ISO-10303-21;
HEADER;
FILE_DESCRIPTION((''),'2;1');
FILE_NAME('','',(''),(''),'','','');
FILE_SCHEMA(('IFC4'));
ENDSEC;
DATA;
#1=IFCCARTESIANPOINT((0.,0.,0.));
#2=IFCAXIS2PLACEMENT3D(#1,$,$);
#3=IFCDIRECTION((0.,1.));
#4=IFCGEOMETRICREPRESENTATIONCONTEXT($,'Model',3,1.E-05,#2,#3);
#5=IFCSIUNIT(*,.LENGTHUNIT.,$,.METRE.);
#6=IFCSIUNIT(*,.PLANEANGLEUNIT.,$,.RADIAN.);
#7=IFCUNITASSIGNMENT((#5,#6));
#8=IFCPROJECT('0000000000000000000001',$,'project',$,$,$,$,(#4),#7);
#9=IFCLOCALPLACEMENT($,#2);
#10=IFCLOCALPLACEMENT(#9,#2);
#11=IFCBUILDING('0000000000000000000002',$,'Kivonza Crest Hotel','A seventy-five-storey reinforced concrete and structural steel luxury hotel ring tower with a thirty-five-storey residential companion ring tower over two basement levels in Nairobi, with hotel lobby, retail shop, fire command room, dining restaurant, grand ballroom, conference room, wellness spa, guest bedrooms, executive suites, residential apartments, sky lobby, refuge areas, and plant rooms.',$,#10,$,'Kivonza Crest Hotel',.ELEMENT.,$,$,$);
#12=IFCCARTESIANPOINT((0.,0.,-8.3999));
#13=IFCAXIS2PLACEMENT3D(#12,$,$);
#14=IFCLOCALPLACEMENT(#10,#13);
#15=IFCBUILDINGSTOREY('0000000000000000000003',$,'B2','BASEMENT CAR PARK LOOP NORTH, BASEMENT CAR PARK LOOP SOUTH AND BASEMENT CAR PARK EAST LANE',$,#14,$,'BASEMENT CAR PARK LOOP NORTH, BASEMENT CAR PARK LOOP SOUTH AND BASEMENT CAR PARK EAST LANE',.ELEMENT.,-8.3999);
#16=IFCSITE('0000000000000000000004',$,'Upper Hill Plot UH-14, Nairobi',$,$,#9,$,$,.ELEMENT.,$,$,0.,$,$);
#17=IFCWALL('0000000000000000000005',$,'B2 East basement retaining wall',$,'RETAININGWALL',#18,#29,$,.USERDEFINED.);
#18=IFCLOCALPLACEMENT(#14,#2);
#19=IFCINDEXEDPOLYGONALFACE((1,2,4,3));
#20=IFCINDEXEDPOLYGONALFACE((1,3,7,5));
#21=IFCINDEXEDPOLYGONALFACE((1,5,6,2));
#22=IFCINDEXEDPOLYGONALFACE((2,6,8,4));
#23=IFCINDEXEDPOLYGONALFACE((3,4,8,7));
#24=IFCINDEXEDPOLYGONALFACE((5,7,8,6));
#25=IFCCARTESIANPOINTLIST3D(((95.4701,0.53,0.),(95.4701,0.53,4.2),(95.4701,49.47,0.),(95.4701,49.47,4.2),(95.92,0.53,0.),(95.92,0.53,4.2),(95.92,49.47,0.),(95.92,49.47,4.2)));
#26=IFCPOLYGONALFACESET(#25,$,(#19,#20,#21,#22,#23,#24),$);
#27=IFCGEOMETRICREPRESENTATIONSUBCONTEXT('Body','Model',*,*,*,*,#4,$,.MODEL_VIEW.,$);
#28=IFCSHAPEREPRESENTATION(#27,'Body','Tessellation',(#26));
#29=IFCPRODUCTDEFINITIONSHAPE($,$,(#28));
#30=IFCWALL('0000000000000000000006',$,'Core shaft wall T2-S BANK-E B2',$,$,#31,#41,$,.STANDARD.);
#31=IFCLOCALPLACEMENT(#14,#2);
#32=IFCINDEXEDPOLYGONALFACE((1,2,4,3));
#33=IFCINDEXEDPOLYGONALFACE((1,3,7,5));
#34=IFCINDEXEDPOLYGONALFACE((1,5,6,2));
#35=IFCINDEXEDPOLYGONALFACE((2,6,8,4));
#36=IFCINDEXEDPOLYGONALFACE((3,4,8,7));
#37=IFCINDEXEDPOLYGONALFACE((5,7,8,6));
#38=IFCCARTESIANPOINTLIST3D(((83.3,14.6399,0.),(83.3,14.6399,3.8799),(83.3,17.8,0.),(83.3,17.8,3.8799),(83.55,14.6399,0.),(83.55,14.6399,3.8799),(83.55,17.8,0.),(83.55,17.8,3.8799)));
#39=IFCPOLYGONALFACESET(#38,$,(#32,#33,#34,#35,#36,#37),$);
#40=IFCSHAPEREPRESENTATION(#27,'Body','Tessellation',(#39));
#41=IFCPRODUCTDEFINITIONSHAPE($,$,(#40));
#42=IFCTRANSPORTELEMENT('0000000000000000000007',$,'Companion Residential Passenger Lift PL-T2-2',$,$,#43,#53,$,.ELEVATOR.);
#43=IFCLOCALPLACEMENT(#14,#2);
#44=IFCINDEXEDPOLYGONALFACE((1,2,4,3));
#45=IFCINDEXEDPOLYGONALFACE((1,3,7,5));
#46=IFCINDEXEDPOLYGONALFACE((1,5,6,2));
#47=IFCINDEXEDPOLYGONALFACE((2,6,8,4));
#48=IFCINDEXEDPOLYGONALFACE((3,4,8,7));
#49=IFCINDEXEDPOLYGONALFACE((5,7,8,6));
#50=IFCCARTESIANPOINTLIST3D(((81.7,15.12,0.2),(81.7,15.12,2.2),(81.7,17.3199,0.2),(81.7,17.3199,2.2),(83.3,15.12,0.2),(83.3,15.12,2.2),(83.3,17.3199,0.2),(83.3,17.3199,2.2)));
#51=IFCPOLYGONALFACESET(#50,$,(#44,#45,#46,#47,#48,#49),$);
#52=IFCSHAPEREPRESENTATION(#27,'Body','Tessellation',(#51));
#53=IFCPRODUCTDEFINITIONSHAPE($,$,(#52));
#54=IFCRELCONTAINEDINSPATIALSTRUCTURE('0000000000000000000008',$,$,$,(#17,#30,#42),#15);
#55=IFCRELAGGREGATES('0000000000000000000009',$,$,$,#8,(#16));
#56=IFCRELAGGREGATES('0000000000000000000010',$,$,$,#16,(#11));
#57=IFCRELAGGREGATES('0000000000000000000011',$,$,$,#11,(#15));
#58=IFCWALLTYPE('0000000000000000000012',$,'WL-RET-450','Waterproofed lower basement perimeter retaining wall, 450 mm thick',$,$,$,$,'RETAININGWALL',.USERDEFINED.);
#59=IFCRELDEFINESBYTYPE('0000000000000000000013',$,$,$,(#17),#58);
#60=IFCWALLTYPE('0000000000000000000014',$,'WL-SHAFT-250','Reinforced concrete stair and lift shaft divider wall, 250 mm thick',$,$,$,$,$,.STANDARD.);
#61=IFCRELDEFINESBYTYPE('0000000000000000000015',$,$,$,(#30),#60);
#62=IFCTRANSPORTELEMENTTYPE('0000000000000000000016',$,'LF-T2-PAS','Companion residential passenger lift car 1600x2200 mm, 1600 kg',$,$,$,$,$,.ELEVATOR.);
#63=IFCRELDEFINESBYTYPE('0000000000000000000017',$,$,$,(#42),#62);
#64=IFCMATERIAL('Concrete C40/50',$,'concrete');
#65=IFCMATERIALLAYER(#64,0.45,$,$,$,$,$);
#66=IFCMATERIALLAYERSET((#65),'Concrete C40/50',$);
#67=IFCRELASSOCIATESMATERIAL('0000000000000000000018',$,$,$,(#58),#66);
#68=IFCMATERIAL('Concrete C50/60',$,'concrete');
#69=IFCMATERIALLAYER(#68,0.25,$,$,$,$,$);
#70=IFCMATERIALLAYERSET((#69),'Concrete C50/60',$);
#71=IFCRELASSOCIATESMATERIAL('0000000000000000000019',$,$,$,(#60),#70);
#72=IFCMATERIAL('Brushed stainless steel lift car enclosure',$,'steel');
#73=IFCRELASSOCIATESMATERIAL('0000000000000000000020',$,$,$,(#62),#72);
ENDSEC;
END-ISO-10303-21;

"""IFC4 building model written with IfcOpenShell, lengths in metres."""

from ifc_helpers import new_model, si_unit, direction, frame, frame_2d, origin, origin_2d, place, context, subcontext, project, spatial, rectangle, extrude, material, layer, layer_set, type_object, element, save


model = new_model("IFC4")

# Units and contexts
model_context = context("Model", 3, precision=1e-05, world=origin(), true_north=direction((0.0, 1.0)))
body_context = subcontext(model_context, "Body", "Model", "MODEL_VIEW")
ifc_project = project(units=[si_unit("LENGTHUNIT", "METRE"), si_unit("PLANEANGLEUNIT", "RADIAN")], contexts=[model_context])

# Site, building, storey
site_placement = place(None, origin())
site = spatial("IfcSite", under=ifc_project, at=site_placement, Name="Upper Hill Plot UH-14, Nairobi", CompositionType="ELEMENT", RefElevation=0.0)
building_placement = place(site_placement, origin())
building = spatial("IfcBuilding", under=site, at=building_placement, Name="Kivonza Crest Hotel", Description="A seventy-five-storey reinforced concrete and structural steel luxury hotel ring tower with a thirty-five-storey residential companion ring tower over two basement levels in Nairobi, with hotel lobby, retail shop, fire command room, dining restaurant, grand ballroom, conference room, wellness spa, guest bedrooms, executive suites, residential apartments, sky lobby, refuge areas, and plant rooms.", LongName="Kivonza Crest Hotel", CompositionType="ELEMENT")
storey_placement = place(building_placement, frame((0.0, 0.0, -8.3999)))
storey = spatial("IfcBuildingStorey", under=building, at=storey_placement, Name="B2", Description="BASEMENT CAR PARK LOOP NORTH, BASEMENT CAR PARK LOOP SOUTH AND BASEMENT CAR PARK EAST LANE", LongName="BASEMENT CAR PARK LOOP NORTH, BASEMENT CAR PARK LOOP SOUTH AND BASEMENT CAR PARK EAST LANE", CompositionType="ELEMENT", Elevation=-8.3999)

# Shared definitions
ifc_material_1 = material(Name="Concrete C40/50", Category="concrete")

# Walls
ifc_layer_1 = layer(ifc_material_1, 0.45)
ifc_layer_set_1 = layer_set([ifc_layer_1], Name="Concrete C40/50")
wall_type_1 = type_object("IfcWallType", Name="WL-RET-450", Description="Waterproofed lower basement perimeter retaining wall, 450 mm thick", ElementType="RETAININGWALL", PredefinedType="USERDEFINED", material=ifc_layer_set_1)
wall_1_placement = place(storey_placement, frame((95.6951, 0.53, 0.0), z_axis=(0.0, 0.0, 1.0), x_axis=(0.0, 1.0, 0.0)))
element("IfcWall", 1, at=wall_1_placement, inside=storey, type_object=wall_type_1, Name="B2 East basement retaining wall", ObjectType="RETAININGWALL", PredefinedType="USERDEFINED", context=body_context, shape_type="SweptSolid", body=[
    extrude(rectangle(XDim=48.9399, YDim=0.45, at=frame_2d((24.47, 0.0))), origin(), (0.0, 0.0, 1.0), 4.2),
])
ifc_material_2 = material(Name="Concrete C50/60", Category="concrete")
ifc_layer_2 = layer(ifc_material_2, 0.25)
ifc_layer_set_2 = layer_set([ifc_layer_2], Name="Concrete C50/60")
wall_type_2 = type_object("IfcWallType", Name="WL-SHAFT-250", Description="Reinforced concrete stair and lift shaft divider wall, 250 mm thick", PredefinedType="STANDARD", material=ifc_layer_set_2)
wall_2_placement = place(storey_placement, frame((83.425, 14.6399, 0.0), z_axis=(0.0, 0.0, 1.0), x_axis=(0.0, 1.0, 0.0)))
element("IfcWall", 2, at=wall_2_placement, inside=storey, type_object=wall_type_2, Name="Core shaft wall T2-S BANK-E B2", PredefinedType="STANDARD", context=body_context, shape_type="SweptSolid", body=[
    extrude(rectangle(XDim=3.1602, YDim=0.25, at=frame_2d((1.5801, 0.0))), origin(), (0.0, 0.0, 1.0), 3.8799),
])

# Transport element
ifc_material_3 = material(Name="Brushed stainless steel lift car enclosure", Category="steel")
transport_element_type = type_object("IfcTransportElementType", Name="LF-T2-PAS", Description="Companion residential passenger lift car 1600x2200 mm, 1600 kg", PredefinedType="ELEVATOR", material=ifc_material_3)
transport_element_placement = place(storey_placement, frame((82.5, 16.22, 0.2), z_axis=(0.0, 0.0, 1.0), x_axis=(1.0, 0.0, 0.0)))
element("IfcTransportElement", 3, at=transport_element_placement, inside=storey, type_object=transport_element_type, Name="Companion Residential Passenger Lift PL-T2-2", PredefinedType="ELEVATOR", context=body_context, shape_type="SweptSolid", body=[
    extrude(rectangle(XDim=1.6001, YDim=2.2, at=origin_2d()), origin(), (0.0, 0.0, 1.0), 2.0),
])

save(model, "model.ifc")
